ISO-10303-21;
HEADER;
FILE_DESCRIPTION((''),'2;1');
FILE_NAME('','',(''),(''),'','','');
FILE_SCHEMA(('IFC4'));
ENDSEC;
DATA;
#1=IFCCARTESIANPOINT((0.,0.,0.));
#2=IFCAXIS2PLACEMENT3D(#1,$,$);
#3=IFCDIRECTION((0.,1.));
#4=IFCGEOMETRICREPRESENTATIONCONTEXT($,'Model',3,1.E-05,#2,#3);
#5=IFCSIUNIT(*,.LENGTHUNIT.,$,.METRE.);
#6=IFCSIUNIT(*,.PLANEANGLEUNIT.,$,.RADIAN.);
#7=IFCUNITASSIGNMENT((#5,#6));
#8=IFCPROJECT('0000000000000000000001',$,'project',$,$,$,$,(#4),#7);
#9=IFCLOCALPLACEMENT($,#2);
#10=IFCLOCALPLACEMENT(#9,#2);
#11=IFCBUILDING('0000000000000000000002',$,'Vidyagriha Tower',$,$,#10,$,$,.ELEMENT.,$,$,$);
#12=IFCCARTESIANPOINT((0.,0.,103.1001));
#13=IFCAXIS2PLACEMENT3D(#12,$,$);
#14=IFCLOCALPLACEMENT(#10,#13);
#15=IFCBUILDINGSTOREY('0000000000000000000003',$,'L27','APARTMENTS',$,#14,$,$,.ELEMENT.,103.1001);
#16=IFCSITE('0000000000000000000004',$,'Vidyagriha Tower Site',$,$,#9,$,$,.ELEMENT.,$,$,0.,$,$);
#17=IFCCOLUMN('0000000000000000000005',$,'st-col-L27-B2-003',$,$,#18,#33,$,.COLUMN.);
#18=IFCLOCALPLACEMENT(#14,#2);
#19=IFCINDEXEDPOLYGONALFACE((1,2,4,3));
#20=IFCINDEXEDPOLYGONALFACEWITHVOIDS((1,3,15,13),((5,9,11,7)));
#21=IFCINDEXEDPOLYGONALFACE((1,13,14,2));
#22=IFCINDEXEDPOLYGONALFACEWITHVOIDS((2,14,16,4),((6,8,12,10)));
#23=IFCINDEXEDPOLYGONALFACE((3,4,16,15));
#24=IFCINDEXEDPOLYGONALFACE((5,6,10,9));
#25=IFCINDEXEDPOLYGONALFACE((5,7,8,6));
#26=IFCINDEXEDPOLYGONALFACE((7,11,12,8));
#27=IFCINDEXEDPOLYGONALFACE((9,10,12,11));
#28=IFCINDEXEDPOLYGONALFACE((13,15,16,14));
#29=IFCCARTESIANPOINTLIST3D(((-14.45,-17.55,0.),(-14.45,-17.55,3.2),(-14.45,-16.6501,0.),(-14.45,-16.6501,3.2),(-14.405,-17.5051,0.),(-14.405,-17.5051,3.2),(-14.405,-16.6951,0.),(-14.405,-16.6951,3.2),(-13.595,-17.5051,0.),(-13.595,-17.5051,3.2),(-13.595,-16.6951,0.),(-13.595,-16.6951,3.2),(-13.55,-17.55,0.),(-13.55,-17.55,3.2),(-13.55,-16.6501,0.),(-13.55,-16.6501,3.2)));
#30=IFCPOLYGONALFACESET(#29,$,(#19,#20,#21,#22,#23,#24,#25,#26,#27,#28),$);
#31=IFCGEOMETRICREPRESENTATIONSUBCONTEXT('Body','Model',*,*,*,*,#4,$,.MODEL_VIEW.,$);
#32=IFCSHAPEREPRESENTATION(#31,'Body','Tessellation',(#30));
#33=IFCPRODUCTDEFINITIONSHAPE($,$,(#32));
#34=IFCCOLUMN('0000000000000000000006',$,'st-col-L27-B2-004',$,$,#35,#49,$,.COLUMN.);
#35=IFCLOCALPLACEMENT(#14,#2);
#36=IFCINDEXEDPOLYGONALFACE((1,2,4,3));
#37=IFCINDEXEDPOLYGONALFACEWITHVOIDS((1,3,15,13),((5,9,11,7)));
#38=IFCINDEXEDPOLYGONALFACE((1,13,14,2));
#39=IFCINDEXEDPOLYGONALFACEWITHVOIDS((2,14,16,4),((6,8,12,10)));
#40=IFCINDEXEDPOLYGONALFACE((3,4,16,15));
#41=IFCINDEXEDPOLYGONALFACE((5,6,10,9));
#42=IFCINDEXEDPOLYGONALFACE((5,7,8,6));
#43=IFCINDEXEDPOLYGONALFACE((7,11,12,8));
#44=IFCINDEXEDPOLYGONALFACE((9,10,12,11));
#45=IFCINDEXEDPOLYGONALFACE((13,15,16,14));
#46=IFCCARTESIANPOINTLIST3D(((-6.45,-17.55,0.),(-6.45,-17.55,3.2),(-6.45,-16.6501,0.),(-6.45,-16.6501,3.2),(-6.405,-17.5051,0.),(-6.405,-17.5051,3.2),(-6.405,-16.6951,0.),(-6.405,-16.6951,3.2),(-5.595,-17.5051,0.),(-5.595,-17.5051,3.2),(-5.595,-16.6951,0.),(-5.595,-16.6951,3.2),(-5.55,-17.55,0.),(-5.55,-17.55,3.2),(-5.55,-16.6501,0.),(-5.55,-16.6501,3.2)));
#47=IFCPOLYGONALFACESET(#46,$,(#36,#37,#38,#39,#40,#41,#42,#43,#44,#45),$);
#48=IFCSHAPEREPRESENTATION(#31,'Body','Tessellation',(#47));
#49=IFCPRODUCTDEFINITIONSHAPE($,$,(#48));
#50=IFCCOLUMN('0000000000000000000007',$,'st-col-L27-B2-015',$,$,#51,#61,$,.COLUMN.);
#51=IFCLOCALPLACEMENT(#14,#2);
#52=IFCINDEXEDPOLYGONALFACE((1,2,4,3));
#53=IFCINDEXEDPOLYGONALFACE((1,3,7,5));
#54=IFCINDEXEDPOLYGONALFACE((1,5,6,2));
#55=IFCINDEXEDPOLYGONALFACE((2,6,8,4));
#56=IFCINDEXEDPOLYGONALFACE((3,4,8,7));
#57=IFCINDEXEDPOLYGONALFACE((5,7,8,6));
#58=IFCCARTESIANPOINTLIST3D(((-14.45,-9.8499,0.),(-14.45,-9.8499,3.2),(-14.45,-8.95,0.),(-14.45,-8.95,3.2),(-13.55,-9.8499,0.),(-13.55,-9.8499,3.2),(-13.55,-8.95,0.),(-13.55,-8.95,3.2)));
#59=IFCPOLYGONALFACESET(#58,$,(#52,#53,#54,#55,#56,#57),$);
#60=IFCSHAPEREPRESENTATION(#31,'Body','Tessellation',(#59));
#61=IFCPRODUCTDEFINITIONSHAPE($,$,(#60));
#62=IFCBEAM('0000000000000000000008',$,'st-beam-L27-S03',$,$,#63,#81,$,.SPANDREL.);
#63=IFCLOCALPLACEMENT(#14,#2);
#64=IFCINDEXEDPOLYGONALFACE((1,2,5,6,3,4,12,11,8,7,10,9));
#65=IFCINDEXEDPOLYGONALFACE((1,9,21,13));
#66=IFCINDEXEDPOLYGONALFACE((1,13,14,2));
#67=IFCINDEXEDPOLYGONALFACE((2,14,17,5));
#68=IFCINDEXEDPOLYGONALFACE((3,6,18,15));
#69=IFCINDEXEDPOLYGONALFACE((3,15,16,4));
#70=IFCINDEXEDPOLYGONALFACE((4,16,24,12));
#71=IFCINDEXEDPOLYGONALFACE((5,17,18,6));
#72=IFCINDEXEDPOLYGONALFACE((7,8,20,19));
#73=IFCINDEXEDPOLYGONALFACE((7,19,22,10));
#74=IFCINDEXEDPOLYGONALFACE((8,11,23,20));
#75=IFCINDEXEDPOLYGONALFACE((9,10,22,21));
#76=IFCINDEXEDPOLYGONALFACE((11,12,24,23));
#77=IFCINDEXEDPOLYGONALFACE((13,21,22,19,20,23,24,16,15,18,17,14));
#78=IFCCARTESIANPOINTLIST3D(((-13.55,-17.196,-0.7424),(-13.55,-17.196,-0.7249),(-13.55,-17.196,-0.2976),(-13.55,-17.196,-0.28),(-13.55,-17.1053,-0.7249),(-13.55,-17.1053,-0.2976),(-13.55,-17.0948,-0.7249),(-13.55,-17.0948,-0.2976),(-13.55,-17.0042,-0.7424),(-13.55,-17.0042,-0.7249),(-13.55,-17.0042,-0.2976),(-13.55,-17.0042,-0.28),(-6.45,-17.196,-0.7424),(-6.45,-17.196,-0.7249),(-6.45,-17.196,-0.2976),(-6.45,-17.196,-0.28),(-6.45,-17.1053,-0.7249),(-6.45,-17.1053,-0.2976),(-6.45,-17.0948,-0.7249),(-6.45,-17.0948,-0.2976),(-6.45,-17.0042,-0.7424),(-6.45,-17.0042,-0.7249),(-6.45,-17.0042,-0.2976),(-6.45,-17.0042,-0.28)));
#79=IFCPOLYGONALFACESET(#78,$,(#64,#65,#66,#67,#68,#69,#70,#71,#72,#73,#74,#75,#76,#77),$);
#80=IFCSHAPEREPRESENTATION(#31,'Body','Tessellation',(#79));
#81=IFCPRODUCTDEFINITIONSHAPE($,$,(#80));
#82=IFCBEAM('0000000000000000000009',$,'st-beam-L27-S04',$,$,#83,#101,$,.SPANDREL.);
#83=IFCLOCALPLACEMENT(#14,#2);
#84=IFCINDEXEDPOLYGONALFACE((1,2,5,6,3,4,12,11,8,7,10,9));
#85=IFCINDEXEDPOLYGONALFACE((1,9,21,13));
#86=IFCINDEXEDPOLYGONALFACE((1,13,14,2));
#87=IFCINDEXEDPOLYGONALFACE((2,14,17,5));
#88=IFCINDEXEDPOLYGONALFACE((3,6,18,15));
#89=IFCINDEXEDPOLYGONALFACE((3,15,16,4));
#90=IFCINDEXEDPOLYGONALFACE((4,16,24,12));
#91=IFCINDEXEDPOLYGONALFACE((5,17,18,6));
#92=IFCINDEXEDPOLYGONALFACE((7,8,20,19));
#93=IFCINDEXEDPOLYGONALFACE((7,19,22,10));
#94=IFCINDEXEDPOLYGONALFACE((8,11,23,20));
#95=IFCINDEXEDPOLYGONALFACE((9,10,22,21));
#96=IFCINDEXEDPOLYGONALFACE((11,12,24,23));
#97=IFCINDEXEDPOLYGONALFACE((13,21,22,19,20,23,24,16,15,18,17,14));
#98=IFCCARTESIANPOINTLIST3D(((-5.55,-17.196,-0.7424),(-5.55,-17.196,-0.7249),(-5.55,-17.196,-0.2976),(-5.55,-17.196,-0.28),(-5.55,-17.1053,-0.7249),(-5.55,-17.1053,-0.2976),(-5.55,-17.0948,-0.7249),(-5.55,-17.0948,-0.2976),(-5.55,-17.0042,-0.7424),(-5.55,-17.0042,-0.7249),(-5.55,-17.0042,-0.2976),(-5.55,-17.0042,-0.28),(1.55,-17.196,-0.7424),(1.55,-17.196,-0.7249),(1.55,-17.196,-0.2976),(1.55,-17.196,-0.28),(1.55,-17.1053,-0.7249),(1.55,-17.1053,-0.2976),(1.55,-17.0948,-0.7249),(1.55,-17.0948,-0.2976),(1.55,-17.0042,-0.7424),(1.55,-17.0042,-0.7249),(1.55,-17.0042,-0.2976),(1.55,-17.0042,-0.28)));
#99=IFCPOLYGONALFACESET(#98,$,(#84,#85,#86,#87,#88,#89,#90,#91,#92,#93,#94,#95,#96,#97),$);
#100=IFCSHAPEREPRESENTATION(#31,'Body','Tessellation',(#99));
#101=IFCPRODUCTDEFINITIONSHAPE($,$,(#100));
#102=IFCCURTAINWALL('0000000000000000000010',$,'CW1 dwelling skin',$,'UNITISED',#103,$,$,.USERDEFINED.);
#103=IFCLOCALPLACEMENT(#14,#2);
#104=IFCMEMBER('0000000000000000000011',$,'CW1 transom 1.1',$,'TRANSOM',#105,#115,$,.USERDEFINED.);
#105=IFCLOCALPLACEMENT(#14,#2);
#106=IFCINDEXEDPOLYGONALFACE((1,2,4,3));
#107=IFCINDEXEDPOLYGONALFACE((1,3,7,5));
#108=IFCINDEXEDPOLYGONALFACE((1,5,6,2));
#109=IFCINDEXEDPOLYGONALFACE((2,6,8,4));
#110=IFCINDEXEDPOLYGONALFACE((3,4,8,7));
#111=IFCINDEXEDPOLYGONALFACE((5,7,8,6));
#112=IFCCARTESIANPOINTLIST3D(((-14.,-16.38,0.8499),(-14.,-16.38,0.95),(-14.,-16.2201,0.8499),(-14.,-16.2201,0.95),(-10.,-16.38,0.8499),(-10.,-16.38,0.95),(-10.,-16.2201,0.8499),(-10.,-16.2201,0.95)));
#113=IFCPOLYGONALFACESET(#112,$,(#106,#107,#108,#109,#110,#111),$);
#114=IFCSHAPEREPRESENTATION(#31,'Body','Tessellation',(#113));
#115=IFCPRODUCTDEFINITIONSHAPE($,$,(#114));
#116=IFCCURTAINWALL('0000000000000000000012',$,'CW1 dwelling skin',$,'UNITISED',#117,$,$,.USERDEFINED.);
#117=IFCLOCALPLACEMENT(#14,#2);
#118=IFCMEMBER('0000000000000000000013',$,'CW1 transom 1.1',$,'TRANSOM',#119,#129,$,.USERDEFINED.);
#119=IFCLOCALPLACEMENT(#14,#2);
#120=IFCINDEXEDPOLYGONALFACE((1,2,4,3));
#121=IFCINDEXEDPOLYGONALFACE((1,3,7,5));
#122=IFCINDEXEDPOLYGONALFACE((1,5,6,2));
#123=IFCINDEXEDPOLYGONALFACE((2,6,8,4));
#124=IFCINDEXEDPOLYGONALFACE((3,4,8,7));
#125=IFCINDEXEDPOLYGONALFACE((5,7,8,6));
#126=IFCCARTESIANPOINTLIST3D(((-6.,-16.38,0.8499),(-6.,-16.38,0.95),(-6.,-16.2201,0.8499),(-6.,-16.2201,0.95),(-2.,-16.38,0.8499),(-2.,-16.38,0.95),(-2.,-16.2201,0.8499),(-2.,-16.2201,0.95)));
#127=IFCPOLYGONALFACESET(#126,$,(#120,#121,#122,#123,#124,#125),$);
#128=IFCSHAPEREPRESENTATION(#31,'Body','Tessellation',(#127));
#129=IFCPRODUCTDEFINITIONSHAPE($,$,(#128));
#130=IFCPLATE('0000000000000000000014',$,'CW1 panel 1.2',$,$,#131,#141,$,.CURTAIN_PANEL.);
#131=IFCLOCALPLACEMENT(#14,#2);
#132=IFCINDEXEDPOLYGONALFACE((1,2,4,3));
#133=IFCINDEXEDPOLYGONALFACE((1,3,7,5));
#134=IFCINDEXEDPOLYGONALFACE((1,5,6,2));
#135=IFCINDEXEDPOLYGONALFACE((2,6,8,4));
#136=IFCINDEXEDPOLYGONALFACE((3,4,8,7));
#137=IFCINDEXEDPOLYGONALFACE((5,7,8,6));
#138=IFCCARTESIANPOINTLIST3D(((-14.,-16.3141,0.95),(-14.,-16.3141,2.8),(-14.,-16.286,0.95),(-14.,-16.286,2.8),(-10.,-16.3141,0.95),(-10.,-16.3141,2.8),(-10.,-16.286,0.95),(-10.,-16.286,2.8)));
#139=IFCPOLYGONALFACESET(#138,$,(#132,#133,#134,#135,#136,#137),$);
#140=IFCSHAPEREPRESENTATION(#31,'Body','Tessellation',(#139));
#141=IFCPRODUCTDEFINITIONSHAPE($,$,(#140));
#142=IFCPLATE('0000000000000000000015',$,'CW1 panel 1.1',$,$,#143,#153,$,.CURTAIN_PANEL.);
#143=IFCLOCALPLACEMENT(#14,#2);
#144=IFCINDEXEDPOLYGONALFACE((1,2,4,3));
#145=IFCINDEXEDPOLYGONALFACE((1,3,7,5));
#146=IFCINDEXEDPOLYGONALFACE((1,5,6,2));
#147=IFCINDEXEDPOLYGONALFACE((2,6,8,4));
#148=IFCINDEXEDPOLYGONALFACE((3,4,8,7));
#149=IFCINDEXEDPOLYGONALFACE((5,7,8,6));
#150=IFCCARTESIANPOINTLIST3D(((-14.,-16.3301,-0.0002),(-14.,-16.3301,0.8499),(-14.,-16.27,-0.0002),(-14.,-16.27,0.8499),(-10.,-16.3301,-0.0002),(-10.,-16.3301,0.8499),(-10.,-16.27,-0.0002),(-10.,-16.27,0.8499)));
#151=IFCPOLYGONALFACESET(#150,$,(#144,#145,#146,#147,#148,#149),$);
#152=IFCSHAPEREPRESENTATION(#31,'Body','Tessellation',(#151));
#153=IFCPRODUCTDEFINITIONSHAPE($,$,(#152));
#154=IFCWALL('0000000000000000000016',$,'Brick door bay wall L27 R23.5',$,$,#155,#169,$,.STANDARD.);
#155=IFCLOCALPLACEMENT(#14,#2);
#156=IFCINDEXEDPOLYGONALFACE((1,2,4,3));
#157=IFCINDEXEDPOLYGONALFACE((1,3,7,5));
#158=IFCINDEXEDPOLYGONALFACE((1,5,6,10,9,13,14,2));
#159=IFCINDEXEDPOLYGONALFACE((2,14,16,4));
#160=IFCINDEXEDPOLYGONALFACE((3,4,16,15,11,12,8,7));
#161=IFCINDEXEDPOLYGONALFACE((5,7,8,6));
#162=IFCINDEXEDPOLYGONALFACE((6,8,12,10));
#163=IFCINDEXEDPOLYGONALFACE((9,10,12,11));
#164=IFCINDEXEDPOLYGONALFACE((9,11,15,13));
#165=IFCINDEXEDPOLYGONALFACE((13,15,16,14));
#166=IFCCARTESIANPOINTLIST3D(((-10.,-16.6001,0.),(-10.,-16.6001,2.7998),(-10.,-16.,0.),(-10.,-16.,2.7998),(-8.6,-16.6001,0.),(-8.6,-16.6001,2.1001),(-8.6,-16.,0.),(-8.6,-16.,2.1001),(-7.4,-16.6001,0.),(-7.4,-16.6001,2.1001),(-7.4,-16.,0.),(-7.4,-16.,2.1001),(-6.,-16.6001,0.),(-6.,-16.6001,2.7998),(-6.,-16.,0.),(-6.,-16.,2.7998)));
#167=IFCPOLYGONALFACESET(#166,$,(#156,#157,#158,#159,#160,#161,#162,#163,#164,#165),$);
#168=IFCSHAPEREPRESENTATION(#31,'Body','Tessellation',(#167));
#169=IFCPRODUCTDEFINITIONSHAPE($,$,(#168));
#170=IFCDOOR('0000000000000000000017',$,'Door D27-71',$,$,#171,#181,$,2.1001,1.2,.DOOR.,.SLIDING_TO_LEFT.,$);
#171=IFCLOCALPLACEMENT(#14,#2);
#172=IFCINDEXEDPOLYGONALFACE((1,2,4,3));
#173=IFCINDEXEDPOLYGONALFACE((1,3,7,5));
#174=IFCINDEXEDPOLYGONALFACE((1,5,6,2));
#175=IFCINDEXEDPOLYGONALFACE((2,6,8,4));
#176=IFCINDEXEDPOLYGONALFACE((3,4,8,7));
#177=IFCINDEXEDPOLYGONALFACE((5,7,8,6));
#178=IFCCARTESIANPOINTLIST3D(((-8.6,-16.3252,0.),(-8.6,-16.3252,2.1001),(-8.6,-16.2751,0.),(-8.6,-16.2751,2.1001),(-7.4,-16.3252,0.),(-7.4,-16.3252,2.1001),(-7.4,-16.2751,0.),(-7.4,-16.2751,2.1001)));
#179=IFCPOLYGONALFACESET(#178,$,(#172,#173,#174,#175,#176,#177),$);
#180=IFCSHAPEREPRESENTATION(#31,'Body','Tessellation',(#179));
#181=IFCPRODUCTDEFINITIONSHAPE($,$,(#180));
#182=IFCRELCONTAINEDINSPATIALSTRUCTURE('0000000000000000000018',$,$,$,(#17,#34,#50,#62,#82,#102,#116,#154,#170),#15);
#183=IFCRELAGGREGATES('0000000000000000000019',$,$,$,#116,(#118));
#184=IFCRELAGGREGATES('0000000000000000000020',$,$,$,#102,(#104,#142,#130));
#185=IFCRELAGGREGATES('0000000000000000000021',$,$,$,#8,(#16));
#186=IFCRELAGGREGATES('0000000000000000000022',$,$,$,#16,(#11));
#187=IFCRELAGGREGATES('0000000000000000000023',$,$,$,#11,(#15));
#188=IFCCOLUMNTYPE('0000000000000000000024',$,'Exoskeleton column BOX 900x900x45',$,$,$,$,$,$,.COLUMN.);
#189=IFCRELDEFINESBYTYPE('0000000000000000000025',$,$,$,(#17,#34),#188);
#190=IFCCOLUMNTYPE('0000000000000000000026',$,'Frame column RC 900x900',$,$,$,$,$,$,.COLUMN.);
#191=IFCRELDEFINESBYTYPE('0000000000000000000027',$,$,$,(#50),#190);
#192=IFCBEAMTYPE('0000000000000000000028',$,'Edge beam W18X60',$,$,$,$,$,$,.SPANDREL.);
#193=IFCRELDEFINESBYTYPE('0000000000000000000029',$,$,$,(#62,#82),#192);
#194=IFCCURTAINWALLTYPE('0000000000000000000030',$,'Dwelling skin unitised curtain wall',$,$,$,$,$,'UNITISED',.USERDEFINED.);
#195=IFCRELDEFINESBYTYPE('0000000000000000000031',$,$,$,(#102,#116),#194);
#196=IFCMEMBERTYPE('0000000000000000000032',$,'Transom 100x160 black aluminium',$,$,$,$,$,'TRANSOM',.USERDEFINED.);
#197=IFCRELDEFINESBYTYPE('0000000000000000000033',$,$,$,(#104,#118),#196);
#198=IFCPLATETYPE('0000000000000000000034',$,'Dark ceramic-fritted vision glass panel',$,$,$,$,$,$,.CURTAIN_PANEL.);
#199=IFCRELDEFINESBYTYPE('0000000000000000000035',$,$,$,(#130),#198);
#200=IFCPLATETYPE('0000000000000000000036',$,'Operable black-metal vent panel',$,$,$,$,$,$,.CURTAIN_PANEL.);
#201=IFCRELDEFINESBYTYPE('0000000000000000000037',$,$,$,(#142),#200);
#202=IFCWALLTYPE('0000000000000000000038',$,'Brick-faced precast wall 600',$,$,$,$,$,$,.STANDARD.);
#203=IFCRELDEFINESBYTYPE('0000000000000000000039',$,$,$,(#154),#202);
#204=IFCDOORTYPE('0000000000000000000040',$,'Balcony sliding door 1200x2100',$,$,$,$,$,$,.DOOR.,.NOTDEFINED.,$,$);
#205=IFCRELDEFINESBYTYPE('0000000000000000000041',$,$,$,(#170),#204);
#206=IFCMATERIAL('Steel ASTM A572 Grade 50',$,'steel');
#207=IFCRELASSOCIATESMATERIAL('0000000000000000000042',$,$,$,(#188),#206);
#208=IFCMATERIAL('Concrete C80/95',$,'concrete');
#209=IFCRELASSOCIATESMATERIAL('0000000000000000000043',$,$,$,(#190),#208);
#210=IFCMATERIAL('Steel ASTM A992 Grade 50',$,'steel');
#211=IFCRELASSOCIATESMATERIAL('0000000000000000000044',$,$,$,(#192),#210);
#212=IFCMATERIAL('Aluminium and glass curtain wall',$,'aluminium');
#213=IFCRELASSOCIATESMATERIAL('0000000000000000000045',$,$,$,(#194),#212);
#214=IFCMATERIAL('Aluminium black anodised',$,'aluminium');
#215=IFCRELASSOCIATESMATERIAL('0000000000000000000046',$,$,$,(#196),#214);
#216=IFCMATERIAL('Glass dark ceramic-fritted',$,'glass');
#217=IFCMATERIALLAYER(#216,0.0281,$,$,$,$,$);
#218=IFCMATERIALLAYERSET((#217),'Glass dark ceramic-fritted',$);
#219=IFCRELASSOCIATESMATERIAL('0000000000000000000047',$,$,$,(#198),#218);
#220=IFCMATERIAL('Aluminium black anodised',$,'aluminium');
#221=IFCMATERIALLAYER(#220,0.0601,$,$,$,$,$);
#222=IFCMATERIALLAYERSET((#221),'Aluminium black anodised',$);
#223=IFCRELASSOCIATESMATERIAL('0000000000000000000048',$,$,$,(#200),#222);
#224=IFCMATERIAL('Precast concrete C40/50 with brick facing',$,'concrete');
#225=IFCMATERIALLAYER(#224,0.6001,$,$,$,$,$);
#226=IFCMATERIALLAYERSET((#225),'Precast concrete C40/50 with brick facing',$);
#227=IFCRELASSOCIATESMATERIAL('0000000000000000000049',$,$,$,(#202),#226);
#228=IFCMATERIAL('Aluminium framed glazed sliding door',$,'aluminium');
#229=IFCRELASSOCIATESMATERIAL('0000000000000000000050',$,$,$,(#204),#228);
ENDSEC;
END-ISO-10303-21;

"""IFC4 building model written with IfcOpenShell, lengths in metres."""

from ifc_helpers import new_model, si_unit, direction, frame, frame_2d, origin, origin_2d, place, context, subcontext, project, spatial, rectangle, hollow_rectangle, i_section, extrude, material, layer, layer_set, material_profile, profile_set, type_object, element, fill, aggregate, save


model = new_model("IFC4")

# Units and contexts
model_context = context("Model", 3, precision=1e-05, world=origin(), true_north=direction((0.0, 1.0)))
body_context = subcontext(model_context, "Body", "Model", "MODEL_VIEW")
ifc_project = project(units=[si_unit("LENGTHUNIT", "METRE"), si_unit("PLANEANGLEUNIT", "RADIAN")], contexts=[model_context])

# Site, building, storey
site_placement = place(None, origin())
site = spatial("IfcSite", under=ifc_project, at=site_placement, Name="Vidyagriha Tower Site", CompositionType="ELEMENT", RefElevation=0.0)
building_placement = place(site_placement, origin())
building = spatial("IfcBuilding", under=site, at=building_placement, Name="Vidyagriha Tower", CompositionType="ELEMENT")
storey_placement = place(building_placement, frame((0.0, 0.0, 103.1001)))
storey = spatial("IfcBuildingStorey", under=building, at=storey_placement, Name="L27", Description="APARTMENTS", CompositionType="ELEMENT", Elevation=103.1001)

# Columns
ifc_material_1 = material(Name="Steel ASTM A572 Grade 50", Category="steel")
ifc_material_profile_1 = material_profile(ifc_material_1, hollow_rectangle(XDim=0.8999, YDim=0.8999, WallThickness=0.0449, at=origin_2d()), Name="BOX 900x900x45")
ifc_profile_set_1 = profile_set([ifc_material_profile_1], Name="Steel ASTM A572 Grade 50")
column_type_1 = type_object("IfcColumnType", Name="Exoskeleton column BOX 900x900x45", PredefinedType="COLUMN", material=ifc_profile_set_1)
for number, where, name in (
    (1, (-14.0, -17.1001, 0.0), "st-col-L27-B2-003"),
    (2, (-6.0, -17.1001, 0.0), "st-col-L27-B2-004"),
):
    element("IfcColumn", number, at=place(storey_placement, frame(where)), inside=storey, type_object=column_type_1, Name=name, PredefinedType="COLUMN", context=body_context, shape_type="SweptSolid", body=[
        extrude(hollow_rectangle(XDim=0.8999, YDim=0.8999, WallThickness=0.0449, at=origin_2d()), origin(), (0.0, 0.0, 1.0), 3.2),
    ])
ifc_material_2 = material(Name="Concrete C80/95", Category="concrete")
ifc_material_profile_2 = material_profile(ifc_material_2, rectangle(XDim=0.8999, YDim=0.8999, at=origin_2d()), Name="RC 900x900")
ifc_profile_set_2 = profile_set([ifc_material_profile_2], Name="Concrete C80/95")
column_type_2 = type_object("IfcColumnType", Name="Frame column RC 900x900", PredefinedType="COLUMN", material=ifc_profile_set_2)
column_placement = place(storey_placement, frame((-14.0, -9.3999, 0.0)))
element("IfcColumn", 3, at=column_placement, inside=storey, type_object=column_type_2, Name="st-col-L27-B2-015", PredefinedType="COLUMN", context=body_context, shape_type="SweptSolid", body=[
    extrude(rectangle(XDim=0.8999, YDim=0.8999, at=origin_2d()), origin(), (0.0, 0.0, 1.0), 3.2),
])

# Beams
ifc_material_3 = material(Name="Steel ASTM A992 Grade 50", Category="steel")
ifc_material_profile_3 = material_profile(ifc_material_3, i_section(OverallWidth=0.1919, OverallDepth=0.4624, WebThickness=0.0105, FlangeThickness=0.0176, at=origin_2d()), Name="W18X60")
ifc_profile_set_3 = profile_set([ifc_material_profile_3], Name="Steel ASTM A992 Grade 50")
beam_type = type_object("IfcBeamType", Name="Edge beam W18X60", PredefinedType="SPANDREL", material=ifc_profile_set_3)
for number, where, z_axis, x_axis, name in (
    (4, (-13.55, -17.1001, -0.5112), (1.0, 0.0, 0.0), (0.0, 1.0, 0.0), "st-beam-L27-S03"),
    (5, (-5.55, -17.1001, -0.5112), (1.0, 0.0, 0.0), (0.0, 1.0, 0.0), "st-beam-L27-S04"),
):
    element("IfcBeam", number, at=place(storey_placement, frame(where, z_axis=z_axis, x_axis=x_axis)), inside=storey, type_object=beam_type, Name=name, PredefinedType="SPANDREL", context=body_context, shape_type="SweptSolid", body=[
        extrude(i_section(OverallWidth=0.1919, OverallDepth=0.4624, WebThickness=0.0105, FlangeThickness=0.0176, at=origin_2d()), origin(), (0.0, 0.0, 1.0), 7.1001),
    ])

# Curtain walls, members
ifc_material_4 = material(Name="Aluminium and glass curtain wall", Category="aluminium")
curtain_wall_type = type_object("IfcCurtainWallType", Name="Dwelling skin unitised curtain wall", ElementType="UNITISED", PredefinedType="USERDEFINED", material=ifc_material_4)
curtain_wall_1_placement = place(storey_placement, origin())
curtain_wall_1 = element("IfcCurtainWall", 6, at=curtain_wall_1_placement, inside=storey, type_object=curtain_wall_type, Name="CW1 dwelling skin", ObjectType="UNITISED", PredefinedType="USERDEFINED")
ifc_material_5 = material(Name="Aluminium black anodised", Category="aluminium")
ifc_material_profile_4 = material_profile(ifc_material_5, rectangle(XDim=0.1599, YDim=0.1001, at=origin_2d()), Name="Transom 100x160 black aluminium")
ifc_profile_set_4 = profile_set([ifc_material_profile_4], Name="Aluminium black anodised")
member_type = type_object("IfcMemberType", Name="Transom 100x160 black aluminium", ElementType="TRANSOM", PredefinedType="USERDEFINED", material=ifc_profile_set_4)
member_1_placement = place(storey_placement, frame((-14.0, -16.3, 0.8999), z_axis=(1.0, 0.0, 0.0), x_axis=(0.0, 1.0, 0.0)))
member_1 = element("IfcMember", 7, at=member_1_placement, type_object=member_type, Name="CW1 transom 1.1", ObjectType="TRANSOM", PredefinedType="USERDEFINED", context=body_context, shape_type="SweptSolid", body=[
    extrude(rectangle(XDim=0.1599, YDim=0.1001, at=origin_2d()), origin(), (0.0, 0.0, 1.0), 4.0),
])
curtain_wall_2_placement = place(storey_placement, origin())
curtain_wall_2 = element("IfcCurtainWall", 8, at=curtain_wall_2_placement, inside=storey, type_object=curtain_wall_type, Name="CW1 dwelling skin", ObjectType="UNITISED", PredefinedType="USERDEFINED")
member_2_placement = place(storey_placement, frame((-6.0, -16.3, 0.8999), z_axis=(1.0, 0.0, 0.0), x_axis=(0.0, 1.0, 0.0)))
member_2 = element("IfcMember", 9, at=member_2_placement, type_object=member_type, Name="CW1 transom 1.1", ObjectType="TRANSOM", PredefinedType="USERDEFINED", context=body_context, shape_type="SweptSolid", body=[
    extrude(rectangle(XDim=0.1599, YDim=0.1001, at=origin_2d()), origin(), (0.0, 0.0, 1.0), 4.0),
])
aggregate(curtain_wall_2, [member_2])

# Plates
ifc_material_6 = material(Name="Glass dark ceramic-fritted", Category="glass")
ifc_layer_1 = layer(ifc_material_6, 0.0281)
ifc_layer_set_1 = layer_set([ifc_layer_1], Name="Glass dark ceramic-fritted")
plate_type_1 = type_object("IfcPlateType", Name="Dark ceramic-fritted vision glass panel", PredefinedType="CURTAIN_PANEL", material=ifc_layer_set_1)
plate_1_placement = place(storey_placement, frame((-12.0, -16.3, 0.95)))
plate_1 = element("IfcPlate", 10, at=plate_1_placement, type_object=plate_type_1, Name="CW1 panel 1.2", PredefinedType="CURTAIN_PANEL", context=body_context, shape_type="SweptSolid", body=[
    extrude(rectangle(XDim=4.0, YDim=0.0281, at=origin_2d()), origin(), (0.0, 0.0, 1.0), 1.8501),
])
ifc_material_7 = material(Name="Aluminium black anodised", Category="aluminium")
ifc_layer_2 = layer(ifc_material_7, 0.0601)
ifc_layer_set_2 = layer_set([ifc_layer_2], Name="Aluminium black anodised")
plate_type_2 = type_object("IfcPlateType", Name="Operable black-metal vent panel", PredefinedType="CURTAIN_PANEL", material=ifc_layer_set_2)
plate_2_placement = place(storey_placement, frame((-12.0, -16.3, -0.0002)))
plate_2 = element("IfcPlate", 11, at=plate_2_placement, type_object=plate_type_2, Name="CW1 panel 1.1", PredefinedType="CURTAIN_PANEL", context=body_context, shape_type="SweptSolid", body=[
    extrude(rectangle(XDim=4.0, YDim=0.0601, at=origin_2d()), origin(), (0.0, 0.0, 1.0), 0.8501),
])
aggregate(curtain_wall_1, [member_1, plate_2, plate_1])

# Wall, opening, door
ifc_material_8 = material(Name="Precast concrete C40/50 with brick facing", Category="concrete")
ifc_layer_3 = layer(ifc_material_8, 0.6001)
ifc_layer_set_3 = layer_set([ifc_layer_3], Name="Precast concrete C40/50 with brick facing")
wall_type = type_object("IfcWallType", Name="Brick-faced precast wall 600", PredefinedType="STANDARD", material=ifc_layer_set_3)
wall_placement = place(storey_placement, frame((-10.0, -16.3, 0.0)))
wall = element("IfcWall", 12, at=wall_placement, inside=storey, type_object=wall_type, Name="Brick door bay wall L27 R23.5", PredefinedType="STANDARD", context=body_context, shape_type="SweptSolid", body=[
    extrude(rectangle(XDim=4.0, YDim=0.6001, at=frame_2d((2.0, 0.0))), origin(), (0.0, 0.0, 1.0), 2.7998),
])
opening_placement = place(wall_placement, frame((1.3999, 0.0, 0.0)))
opening = element("IfcOpeningElement", 13, at=opening_placement, cuts=wall, PredefinedType="OPENING", context=body_context, shape_type="SweptSolid", body=[
    extrude(rectangle(XDim=1.2, YDim=2.1001, at=frame_2d((0.6001, 1.05))), frame((0.0, 0.3101, 0.0), z_axis=(0.0, -1.0, 0.0), x_axis=(1.0, 0.0, 0.0)), (0.0, 0.0, 1.0), 0.6201),
])
ifc_material_9 = material(Name="Aluminium framed glazed sliding door", Category="aluminium")
door_type = type_object("IfcDoorType", Name="Balcony sliding door 1200x2100", OperationType="NOTDEFINED", PredefinedType="DOOR", material=ifc_material_9)
door_placement = place(opening_placement, origin())
door = element("IfcDoor", 14, at=door_placement, inside=storey, type_object=door_type, Name="Door D27-71", OperationType="SLIDING_TO_LEFT", OverallHeight=2.1001, OverallWidth=1.2, PredefinedType="DOOR", context=body_context, shape_type="SweptSolid", body=[
    extrude(rectangle(XDim=1.2, YDim=2.1001, at=frame_2d((0.6001, 1.05))), frame((0.0, 0.0249, 0.0), z_axis=(0.0, -1.0, 0.0), x_axis=(1.0, 0.0, 0.0)), (0.0, 0.0, 1.0), 0.05),
])
fill(opening, door)

save(model, "model.ifc")
